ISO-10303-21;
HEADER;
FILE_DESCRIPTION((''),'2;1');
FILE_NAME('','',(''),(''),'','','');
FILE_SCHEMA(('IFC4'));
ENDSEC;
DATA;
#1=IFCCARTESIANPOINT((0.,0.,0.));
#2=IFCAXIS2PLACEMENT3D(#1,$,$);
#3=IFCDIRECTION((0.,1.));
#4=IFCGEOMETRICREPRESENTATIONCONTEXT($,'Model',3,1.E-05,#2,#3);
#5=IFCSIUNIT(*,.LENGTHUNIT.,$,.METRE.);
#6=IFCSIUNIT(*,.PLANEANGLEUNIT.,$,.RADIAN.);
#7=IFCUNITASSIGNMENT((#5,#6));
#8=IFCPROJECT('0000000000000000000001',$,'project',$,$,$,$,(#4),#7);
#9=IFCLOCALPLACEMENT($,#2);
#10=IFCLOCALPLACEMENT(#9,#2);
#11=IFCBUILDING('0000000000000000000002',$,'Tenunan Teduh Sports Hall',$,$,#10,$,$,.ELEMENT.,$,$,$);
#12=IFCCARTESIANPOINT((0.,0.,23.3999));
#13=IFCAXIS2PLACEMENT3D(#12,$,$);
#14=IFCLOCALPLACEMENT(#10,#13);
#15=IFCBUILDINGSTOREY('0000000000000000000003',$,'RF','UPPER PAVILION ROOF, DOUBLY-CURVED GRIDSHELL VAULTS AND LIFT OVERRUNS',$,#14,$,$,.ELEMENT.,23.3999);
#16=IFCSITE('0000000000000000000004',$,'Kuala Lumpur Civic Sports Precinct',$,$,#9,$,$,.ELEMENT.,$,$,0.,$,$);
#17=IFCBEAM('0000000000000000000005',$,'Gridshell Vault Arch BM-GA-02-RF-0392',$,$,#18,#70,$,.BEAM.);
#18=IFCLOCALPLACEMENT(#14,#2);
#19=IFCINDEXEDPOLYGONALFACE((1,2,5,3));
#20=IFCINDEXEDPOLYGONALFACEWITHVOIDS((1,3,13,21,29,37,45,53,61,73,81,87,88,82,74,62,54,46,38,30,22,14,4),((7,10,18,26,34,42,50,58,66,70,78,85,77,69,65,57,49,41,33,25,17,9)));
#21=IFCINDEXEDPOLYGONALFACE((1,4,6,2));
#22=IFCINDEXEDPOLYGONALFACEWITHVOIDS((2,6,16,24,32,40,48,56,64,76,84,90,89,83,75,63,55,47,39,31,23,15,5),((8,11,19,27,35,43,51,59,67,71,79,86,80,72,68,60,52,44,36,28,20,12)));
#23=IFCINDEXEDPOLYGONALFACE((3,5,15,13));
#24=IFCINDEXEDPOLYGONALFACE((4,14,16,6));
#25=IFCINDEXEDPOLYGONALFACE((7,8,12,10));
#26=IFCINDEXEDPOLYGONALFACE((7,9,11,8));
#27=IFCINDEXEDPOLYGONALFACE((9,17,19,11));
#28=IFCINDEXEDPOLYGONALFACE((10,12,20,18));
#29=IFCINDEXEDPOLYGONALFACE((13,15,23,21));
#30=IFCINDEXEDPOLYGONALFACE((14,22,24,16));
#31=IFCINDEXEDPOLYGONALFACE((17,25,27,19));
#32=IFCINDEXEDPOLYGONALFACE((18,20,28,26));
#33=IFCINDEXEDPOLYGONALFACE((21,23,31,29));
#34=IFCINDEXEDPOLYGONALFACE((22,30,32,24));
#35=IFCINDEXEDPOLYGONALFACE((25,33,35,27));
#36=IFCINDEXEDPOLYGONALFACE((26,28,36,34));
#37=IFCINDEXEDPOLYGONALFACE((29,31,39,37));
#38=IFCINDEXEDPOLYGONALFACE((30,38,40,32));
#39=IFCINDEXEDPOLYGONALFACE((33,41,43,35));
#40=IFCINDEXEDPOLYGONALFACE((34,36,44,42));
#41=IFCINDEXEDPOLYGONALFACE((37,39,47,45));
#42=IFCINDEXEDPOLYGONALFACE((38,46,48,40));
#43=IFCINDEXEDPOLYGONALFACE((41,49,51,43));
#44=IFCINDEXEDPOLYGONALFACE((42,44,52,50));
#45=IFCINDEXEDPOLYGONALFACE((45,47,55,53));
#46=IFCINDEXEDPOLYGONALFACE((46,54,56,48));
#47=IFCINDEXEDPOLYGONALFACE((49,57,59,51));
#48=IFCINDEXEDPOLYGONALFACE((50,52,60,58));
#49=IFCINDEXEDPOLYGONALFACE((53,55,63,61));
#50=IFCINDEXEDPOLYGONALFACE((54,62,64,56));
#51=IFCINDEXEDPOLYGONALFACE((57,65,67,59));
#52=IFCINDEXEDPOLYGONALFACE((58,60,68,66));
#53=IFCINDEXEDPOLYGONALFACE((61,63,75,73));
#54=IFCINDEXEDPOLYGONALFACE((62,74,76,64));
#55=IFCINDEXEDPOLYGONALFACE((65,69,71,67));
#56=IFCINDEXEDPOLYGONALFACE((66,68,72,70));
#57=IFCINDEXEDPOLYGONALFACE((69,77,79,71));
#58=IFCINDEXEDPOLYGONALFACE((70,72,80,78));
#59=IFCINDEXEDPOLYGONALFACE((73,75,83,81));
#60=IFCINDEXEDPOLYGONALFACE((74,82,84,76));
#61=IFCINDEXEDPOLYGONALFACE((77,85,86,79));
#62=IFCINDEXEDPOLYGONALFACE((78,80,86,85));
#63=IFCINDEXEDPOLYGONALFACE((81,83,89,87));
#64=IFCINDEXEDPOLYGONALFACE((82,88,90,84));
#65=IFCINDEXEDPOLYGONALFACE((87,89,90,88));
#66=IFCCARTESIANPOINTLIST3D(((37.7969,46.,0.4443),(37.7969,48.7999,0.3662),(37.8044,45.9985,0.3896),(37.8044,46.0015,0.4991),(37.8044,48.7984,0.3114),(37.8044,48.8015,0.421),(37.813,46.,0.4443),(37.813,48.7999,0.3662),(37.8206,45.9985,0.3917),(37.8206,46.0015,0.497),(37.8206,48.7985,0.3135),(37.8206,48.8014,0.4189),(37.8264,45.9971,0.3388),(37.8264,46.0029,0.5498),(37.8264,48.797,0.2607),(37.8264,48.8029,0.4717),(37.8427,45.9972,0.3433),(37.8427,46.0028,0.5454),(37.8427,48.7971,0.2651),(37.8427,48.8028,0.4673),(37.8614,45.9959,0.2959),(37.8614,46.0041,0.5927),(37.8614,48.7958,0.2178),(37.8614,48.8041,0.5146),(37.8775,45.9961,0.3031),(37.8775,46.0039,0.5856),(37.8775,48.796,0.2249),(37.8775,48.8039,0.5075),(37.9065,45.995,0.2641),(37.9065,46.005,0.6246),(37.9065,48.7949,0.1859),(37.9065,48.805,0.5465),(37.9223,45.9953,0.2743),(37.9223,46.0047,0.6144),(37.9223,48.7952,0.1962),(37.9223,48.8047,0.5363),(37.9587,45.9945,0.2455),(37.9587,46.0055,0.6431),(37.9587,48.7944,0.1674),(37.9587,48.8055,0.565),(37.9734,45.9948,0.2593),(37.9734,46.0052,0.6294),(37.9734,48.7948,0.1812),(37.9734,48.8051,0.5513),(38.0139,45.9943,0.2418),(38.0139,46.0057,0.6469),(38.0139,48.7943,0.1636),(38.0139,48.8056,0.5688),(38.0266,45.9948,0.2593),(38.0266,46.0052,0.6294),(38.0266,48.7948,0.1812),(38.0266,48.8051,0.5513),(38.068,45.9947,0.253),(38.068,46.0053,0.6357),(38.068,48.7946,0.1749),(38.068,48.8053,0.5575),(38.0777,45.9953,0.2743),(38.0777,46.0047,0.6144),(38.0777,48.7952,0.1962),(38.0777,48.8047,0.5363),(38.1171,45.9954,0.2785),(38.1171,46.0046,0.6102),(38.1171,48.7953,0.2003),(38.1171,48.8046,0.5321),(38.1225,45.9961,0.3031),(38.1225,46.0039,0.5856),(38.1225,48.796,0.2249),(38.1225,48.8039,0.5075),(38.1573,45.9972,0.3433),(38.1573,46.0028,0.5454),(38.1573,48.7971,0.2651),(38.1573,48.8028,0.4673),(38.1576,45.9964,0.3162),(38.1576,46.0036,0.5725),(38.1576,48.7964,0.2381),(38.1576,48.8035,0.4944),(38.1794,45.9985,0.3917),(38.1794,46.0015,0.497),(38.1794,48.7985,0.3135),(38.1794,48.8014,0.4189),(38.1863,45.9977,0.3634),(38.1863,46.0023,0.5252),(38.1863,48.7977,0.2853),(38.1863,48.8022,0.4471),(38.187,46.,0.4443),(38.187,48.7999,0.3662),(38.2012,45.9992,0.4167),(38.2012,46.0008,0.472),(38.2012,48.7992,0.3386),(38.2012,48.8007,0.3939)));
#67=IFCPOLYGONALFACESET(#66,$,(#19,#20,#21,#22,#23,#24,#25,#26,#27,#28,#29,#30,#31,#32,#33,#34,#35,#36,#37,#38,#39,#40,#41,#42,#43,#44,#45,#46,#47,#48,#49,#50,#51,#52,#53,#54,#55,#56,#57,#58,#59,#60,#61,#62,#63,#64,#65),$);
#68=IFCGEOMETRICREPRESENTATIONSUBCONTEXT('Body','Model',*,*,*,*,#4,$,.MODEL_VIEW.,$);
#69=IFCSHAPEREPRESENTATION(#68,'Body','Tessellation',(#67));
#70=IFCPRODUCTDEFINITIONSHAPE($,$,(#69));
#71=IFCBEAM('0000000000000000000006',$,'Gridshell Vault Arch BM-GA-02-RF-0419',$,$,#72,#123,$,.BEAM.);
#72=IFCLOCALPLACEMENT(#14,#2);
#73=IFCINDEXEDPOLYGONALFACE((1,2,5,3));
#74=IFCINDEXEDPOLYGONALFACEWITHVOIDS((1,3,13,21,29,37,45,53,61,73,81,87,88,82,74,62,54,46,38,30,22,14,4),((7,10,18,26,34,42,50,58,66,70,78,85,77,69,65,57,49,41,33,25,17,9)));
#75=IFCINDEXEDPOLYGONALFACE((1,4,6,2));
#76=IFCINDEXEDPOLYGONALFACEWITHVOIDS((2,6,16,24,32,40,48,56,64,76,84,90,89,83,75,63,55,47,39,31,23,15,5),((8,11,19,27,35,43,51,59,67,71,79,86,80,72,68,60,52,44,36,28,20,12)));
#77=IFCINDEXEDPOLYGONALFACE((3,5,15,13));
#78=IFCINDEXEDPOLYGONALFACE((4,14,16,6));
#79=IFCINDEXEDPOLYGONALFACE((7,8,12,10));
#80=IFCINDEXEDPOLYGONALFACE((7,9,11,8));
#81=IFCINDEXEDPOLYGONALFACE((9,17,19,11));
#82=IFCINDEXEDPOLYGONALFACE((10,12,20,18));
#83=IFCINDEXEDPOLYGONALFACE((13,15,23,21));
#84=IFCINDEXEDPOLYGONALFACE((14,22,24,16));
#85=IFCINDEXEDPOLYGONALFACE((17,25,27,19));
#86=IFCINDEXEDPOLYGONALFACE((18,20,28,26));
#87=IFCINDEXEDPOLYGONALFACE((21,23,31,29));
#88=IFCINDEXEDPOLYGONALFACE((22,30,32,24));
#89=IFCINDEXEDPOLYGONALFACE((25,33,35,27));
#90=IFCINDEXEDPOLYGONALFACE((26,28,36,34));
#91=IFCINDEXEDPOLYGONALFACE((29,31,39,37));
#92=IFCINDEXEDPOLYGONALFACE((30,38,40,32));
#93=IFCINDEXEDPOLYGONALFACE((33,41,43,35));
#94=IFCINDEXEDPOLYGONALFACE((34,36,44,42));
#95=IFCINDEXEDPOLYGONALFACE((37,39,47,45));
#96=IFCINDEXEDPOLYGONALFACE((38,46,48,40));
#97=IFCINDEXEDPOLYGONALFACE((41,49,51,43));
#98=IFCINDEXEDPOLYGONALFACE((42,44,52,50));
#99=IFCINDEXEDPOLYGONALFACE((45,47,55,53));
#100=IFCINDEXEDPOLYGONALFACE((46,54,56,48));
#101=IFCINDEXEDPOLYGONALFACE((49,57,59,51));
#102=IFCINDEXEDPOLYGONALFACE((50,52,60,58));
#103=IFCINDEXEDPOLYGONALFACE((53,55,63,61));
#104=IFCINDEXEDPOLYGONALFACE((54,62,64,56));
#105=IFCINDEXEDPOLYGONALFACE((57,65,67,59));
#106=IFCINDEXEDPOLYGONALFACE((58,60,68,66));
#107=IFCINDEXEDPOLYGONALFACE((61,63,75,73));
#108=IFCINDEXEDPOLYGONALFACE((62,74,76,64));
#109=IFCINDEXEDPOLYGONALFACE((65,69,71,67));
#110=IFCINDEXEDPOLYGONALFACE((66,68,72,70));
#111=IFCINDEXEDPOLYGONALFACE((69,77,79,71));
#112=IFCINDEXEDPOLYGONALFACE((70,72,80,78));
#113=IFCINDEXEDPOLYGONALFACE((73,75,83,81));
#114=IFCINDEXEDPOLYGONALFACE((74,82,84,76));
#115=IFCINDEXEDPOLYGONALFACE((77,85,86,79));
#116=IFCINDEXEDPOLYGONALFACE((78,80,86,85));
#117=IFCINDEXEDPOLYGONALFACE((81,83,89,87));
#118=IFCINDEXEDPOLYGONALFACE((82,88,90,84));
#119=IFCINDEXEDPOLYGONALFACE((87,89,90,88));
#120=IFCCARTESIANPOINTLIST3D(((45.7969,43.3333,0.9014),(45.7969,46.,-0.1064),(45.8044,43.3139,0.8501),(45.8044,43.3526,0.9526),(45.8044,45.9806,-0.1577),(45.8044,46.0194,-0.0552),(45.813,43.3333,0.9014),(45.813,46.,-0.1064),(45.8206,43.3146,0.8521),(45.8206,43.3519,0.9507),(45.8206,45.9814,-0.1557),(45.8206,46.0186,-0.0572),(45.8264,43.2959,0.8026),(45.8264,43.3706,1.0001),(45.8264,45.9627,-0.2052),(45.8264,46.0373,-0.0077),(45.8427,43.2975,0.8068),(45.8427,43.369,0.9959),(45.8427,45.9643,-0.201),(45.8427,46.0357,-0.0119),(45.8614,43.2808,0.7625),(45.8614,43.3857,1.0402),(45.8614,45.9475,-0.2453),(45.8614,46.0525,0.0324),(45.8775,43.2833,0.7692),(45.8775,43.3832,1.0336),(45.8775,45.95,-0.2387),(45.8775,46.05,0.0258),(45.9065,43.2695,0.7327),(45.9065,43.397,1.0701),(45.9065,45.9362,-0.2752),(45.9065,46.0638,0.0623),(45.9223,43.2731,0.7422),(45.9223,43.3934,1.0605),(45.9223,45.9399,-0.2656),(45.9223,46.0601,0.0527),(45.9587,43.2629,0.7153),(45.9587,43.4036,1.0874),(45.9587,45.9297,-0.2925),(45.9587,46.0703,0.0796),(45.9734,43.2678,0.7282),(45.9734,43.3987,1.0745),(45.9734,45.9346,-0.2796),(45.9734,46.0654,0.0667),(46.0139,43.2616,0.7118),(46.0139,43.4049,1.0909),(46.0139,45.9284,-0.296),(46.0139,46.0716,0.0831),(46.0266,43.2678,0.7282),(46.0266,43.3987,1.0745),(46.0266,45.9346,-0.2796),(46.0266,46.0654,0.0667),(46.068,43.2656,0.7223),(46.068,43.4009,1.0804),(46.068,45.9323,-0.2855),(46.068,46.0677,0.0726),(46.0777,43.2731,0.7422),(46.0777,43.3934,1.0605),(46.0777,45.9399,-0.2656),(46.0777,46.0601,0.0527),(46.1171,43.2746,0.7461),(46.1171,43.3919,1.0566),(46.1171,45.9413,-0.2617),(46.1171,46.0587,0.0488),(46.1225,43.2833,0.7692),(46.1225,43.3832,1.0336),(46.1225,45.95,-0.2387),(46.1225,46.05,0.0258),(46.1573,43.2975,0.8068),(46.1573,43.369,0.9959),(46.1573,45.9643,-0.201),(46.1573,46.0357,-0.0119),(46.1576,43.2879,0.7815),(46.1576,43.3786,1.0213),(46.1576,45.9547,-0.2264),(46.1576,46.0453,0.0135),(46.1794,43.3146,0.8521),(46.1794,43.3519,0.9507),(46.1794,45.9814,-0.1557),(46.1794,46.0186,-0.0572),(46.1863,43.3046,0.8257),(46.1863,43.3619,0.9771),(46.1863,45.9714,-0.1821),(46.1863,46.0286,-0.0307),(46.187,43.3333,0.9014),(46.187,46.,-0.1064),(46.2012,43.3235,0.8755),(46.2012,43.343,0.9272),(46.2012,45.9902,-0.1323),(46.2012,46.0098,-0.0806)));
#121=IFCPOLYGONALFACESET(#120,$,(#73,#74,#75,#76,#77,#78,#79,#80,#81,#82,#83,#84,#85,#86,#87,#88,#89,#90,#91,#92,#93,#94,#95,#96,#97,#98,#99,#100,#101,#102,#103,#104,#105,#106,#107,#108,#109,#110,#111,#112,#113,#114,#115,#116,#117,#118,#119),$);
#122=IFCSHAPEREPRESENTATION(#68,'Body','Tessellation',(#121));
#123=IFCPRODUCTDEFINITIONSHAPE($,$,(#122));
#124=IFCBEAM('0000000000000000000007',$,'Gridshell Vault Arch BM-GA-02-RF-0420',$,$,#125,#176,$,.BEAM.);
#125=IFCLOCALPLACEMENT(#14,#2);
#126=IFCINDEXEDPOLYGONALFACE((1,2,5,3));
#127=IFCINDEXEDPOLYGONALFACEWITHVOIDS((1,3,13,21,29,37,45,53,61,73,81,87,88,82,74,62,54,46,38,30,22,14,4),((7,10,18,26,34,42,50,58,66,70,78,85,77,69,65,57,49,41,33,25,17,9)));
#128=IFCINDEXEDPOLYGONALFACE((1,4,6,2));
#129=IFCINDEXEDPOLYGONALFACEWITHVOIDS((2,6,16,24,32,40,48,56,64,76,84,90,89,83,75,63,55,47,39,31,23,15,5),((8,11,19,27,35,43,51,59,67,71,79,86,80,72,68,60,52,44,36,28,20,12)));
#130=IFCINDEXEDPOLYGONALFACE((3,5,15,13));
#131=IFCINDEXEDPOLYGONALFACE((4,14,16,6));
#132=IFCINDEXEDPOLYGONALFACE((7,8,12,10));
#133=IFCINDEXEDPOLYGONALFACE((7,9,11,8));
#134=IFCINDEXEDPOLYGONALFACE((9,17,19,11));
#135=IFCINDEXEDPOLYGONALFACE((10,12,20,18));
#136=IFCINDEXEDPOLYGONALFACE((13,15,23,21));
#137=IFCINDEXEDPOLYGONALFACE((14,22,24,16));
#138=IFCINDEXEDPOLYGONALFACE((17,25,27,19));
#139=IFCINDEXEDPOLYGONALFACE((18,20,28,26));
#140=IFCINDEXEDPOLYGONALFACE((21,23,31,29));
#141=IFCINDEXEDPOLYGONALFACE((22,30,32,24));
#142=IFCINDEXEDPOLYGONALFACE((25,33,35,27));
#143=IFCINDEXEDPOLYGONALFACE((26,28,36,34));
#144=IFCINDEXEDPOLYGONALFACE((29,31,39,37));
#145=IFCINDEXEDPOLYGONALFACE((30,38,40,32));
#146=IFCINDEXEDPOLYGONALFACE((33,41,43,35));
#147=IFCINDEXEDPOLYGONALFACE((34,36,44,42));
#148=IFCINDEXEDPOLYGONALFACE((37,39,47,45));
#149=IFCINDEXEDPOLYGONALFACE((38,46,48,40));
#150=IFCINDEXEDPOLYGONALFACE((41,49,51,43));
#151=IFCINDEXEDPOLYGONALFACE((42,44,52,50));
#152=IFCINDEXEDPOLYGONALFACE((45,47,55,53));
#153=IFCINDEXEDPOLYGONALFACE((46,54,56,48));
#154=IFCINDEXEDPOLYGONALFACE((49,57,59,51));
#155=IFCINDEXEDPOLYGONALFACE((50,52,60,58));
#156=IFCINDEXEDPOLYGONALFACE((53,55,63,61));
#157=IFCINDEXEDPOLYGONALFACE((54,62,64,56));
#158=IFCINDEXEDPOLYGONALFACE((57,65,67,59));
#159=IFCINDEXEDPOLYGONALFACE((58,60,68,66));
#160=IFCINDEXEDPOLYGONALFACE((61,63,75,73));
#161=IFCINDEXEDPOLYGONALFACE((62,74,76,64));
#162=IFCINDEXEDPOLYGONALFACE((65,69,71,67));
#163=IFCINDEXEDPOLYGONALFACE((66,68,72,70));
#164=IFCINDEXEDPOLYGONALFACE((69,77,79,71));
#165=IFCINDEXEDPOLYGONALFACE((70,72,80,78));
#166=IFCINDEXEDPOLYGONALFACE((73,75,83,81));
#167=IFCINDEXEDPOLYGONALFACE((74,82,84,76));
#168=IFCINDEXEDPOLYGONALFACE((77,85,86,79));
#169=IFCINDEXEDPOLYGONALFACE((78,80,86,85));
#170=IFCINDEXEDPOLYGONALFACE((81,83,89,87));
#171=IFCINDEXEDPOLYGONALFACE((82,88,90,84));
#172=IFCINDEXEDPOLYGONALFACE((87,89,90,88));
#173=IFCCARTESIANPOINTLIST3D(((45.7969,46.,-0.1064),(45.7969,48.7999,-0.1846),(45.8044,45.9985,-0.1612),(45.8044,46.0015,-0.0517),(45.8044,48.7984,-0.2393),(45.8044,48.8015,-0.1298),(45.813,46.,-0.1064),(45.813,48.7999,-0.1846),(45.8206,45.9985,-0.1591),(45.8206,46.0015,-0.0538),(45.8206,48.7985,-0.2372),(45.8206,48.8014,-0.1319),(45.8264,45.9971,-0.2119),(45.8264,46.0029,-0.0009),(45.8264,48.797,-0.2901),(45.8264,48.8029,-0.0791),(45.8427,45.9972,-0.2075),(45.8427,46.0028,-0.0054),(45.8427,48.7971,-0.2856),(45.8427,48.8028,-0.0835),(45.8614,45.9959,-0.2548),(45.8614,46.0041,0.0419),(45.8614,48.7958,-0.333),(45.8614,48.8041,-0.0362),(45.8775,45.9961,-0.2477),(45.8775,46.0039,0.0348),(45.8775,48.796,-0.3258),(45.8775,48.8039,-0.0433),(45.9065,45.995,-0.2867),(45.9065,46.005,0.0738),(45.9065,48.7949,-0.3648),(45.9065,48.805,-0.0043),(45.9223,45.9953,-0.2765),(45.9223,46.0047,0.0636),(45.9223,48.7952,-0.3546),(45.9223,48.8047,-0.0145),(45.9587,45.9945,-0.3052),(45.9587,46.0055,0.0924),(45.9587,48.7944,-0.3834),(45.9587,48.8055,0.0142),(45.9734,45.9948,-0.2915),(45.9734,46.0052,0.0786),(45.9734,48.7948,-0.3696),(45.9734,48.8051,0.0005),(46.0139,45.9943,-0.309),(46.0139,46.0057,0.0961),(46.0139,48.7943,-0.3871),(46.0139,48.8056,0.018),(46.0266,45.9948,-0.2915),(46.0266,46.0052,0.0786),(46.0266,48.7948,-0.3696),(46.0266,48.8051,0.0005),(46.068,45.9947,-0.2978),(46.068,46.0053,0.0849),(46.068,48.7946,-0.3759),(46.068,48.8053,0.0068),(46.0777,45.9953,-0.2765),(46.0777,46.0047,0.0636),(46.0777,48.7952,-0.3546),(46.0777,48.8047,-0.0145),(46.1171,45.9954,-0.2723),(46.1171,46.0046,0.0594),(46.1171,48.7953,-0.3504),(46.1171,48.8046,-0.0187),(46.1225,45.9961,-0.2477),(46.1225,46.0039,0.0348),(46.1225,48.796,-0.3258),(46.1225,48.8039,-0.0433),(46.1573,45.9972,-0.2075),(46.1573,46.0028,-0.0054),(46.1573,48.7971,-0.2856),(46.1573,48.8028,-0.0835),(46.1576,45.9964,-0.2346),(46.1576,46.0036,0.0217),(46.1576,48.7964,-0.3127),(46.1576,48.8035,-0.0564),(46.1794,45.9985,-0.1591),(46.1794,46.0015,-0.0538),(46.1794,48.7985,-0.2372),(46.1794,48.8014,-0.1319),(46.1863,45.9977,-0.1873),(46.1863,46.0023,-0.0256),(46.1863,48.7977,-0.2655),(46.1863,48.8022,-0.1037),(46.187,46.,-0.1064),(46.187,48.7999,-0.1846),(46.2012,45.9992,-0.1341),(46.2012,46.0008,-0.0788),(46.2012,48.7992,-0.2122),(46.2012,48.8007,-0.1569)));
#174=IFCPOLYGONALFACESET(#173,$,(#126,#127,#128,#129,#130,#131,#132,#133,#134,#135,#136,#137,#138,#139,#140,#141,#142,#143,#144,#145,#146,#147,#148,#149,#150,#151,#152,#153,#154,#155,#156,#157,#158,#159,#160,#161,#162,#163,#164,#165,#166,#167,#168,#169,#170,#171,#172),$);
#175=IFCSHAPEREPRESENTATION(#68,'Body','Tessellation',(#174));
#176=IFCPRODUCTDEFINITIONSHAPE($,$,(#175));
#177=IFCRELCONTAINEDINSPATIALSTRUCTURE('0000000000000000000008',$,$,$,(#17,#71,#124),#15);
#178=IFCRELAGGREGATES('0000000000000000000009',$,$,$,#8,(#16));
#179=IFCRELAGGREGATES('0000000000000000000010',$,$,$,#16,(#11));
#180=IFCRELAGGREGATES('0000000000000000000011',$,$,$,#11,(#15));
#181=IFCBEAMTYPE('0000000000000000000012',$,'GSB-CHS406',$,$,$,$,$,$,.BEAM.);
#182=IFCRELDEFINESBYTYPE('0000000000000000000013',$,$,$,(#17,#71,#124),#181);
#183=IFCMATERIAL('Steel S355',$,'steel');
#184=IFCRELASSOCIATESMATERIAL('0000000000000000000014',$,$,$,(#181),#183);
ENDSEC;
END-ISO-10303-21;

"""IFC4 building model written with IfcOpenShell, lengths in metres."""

from ifc_helpers import new_model, si_unit, direction, frame, origin, origin_2d, place, context, subcontext, project, spatial, hollow_circle, extrude, material, material_profile, profile_set, type_object, element, save


model = new_model("IFC4")

# Units and contexts
model_context = context("Model", 3, precision=1e-05, world=origin(), true_north=direction((0.0, 1.0)))
body_context = subcontext(model_context, "Body", "Model", "MODEL_VIEW")
ifc_project = project(units=[si_unit("LENGTHUNIT", "METRE"), si_unit("PLANEANGLEUNIT", "RADIAN")], contexts=[model_context])

# Site, building, storey
site_placement = place(None, origin())
site = spatial("IfcSite", under=ifc_project, at=site_placement, Name="Kuala Lumpur Civic Sports Precinct", CompositionType="ELEMENT", RefElevation=0.0)
building_placement = place(site_placement, origin())
building = spatial("IfcBuilding", under=site, at=building_placement, Name="Tenunan Teduh Sports Hall", CompositionType="ELEMENT")
storey_placement = place(building_placement, frame((0.0, 0.0, 23.3999)))
storey = spatial("IfcBuildingStorey", under=building, at=storey_placement, Name="RF", Description="UPPER PAVILION ROOF, DOUBLY-CURVED GRIDSHELL VAULTS AND LIFT OVERRUNS", CompositionType="ELEMENT", Elevation=23.3999)

# Beams
ifc_material_1 = material(Name="Steel S355", Category="steel")
ifc_material_profile_1 = material_profile(ifc_material_1, hollow_circle(Radius=0.2031, WallThickness=0.0161, at=origin_2d()), Name="CHS 406.4x16.0")
ifc_profile_set_1 = profile_set([ifc_material_profile_1], Name="Steel S355")
beam_type_1 = type_object("IfcBeamType", Name="GSB-CHS406", PredefinedType="BEAM", material=ifc_profile_set_1)
beam_1_placement = place(storey_placement, frame((38.0, 46.0, 0.4443), z_axis=(0.0, 0.999611, -0.02789), x_axis=(-1.0, 0.0, 0.0)))
element("IfcBeam", 1, at=beam_1_placement, inside=storey, type_object=beam_type_1, Name="Gridshell Vault Arch BM-GA-02-RF-0392", PredefinedType="BEAM", context=body_context, shape_type="SweptSolid", body=[
    extrude(hollow_circle(Radius=0.2031, WallThickness=0.0161, at=origin_2d()), origin(), (0.0, 0.0, 1.0), 2.801),
])
beam_2_placement = place(storey_placement, frame((46.0, 43.3333, 0.9014), z_axis=(0.0, 0.935429, -0.353515), x_axis=(-1.0, 0.0, 0.0)))
element("IfcBeam", 2, at=beam_2_placement, inside=storey, type_object=beam_type_1, Name="Gridshell Vault Arch BM-GA-02-RF-0419", PredefinedType="BEAM", context=body_context, shape_type="SweptSolid", body=[
    extrude(hollow_circle(Radius=0.2031, WallThickness=0.0161, at=origin_2d()), origin(), (0.0, 0.0, 1.0), 2.8508),
])
beam_3_placement = place(storey_placement, frame((46.0, 46.0, -0.1064), z_axis=(0.0, 0.999611, -0.02789), x_axis=(-1.0, 0.0, 0.0)))
element("IfcBeam", 3, at=beam_3_placement, inside=storey, type_object=beam_type_1, Name="Gridshell Vault Arch BM-GA-02-RF-0420", PredefinedType="BEAM", context=body_context, shape_type="SweptSolid", body=[
    extrude(hollow_circle(Radius=0.2031, WallThickness=0.0161, at=origin_2d()), origin(), (0.0, 0.0, 1.0), 2.801),
])

save(model, "model.ifc")
